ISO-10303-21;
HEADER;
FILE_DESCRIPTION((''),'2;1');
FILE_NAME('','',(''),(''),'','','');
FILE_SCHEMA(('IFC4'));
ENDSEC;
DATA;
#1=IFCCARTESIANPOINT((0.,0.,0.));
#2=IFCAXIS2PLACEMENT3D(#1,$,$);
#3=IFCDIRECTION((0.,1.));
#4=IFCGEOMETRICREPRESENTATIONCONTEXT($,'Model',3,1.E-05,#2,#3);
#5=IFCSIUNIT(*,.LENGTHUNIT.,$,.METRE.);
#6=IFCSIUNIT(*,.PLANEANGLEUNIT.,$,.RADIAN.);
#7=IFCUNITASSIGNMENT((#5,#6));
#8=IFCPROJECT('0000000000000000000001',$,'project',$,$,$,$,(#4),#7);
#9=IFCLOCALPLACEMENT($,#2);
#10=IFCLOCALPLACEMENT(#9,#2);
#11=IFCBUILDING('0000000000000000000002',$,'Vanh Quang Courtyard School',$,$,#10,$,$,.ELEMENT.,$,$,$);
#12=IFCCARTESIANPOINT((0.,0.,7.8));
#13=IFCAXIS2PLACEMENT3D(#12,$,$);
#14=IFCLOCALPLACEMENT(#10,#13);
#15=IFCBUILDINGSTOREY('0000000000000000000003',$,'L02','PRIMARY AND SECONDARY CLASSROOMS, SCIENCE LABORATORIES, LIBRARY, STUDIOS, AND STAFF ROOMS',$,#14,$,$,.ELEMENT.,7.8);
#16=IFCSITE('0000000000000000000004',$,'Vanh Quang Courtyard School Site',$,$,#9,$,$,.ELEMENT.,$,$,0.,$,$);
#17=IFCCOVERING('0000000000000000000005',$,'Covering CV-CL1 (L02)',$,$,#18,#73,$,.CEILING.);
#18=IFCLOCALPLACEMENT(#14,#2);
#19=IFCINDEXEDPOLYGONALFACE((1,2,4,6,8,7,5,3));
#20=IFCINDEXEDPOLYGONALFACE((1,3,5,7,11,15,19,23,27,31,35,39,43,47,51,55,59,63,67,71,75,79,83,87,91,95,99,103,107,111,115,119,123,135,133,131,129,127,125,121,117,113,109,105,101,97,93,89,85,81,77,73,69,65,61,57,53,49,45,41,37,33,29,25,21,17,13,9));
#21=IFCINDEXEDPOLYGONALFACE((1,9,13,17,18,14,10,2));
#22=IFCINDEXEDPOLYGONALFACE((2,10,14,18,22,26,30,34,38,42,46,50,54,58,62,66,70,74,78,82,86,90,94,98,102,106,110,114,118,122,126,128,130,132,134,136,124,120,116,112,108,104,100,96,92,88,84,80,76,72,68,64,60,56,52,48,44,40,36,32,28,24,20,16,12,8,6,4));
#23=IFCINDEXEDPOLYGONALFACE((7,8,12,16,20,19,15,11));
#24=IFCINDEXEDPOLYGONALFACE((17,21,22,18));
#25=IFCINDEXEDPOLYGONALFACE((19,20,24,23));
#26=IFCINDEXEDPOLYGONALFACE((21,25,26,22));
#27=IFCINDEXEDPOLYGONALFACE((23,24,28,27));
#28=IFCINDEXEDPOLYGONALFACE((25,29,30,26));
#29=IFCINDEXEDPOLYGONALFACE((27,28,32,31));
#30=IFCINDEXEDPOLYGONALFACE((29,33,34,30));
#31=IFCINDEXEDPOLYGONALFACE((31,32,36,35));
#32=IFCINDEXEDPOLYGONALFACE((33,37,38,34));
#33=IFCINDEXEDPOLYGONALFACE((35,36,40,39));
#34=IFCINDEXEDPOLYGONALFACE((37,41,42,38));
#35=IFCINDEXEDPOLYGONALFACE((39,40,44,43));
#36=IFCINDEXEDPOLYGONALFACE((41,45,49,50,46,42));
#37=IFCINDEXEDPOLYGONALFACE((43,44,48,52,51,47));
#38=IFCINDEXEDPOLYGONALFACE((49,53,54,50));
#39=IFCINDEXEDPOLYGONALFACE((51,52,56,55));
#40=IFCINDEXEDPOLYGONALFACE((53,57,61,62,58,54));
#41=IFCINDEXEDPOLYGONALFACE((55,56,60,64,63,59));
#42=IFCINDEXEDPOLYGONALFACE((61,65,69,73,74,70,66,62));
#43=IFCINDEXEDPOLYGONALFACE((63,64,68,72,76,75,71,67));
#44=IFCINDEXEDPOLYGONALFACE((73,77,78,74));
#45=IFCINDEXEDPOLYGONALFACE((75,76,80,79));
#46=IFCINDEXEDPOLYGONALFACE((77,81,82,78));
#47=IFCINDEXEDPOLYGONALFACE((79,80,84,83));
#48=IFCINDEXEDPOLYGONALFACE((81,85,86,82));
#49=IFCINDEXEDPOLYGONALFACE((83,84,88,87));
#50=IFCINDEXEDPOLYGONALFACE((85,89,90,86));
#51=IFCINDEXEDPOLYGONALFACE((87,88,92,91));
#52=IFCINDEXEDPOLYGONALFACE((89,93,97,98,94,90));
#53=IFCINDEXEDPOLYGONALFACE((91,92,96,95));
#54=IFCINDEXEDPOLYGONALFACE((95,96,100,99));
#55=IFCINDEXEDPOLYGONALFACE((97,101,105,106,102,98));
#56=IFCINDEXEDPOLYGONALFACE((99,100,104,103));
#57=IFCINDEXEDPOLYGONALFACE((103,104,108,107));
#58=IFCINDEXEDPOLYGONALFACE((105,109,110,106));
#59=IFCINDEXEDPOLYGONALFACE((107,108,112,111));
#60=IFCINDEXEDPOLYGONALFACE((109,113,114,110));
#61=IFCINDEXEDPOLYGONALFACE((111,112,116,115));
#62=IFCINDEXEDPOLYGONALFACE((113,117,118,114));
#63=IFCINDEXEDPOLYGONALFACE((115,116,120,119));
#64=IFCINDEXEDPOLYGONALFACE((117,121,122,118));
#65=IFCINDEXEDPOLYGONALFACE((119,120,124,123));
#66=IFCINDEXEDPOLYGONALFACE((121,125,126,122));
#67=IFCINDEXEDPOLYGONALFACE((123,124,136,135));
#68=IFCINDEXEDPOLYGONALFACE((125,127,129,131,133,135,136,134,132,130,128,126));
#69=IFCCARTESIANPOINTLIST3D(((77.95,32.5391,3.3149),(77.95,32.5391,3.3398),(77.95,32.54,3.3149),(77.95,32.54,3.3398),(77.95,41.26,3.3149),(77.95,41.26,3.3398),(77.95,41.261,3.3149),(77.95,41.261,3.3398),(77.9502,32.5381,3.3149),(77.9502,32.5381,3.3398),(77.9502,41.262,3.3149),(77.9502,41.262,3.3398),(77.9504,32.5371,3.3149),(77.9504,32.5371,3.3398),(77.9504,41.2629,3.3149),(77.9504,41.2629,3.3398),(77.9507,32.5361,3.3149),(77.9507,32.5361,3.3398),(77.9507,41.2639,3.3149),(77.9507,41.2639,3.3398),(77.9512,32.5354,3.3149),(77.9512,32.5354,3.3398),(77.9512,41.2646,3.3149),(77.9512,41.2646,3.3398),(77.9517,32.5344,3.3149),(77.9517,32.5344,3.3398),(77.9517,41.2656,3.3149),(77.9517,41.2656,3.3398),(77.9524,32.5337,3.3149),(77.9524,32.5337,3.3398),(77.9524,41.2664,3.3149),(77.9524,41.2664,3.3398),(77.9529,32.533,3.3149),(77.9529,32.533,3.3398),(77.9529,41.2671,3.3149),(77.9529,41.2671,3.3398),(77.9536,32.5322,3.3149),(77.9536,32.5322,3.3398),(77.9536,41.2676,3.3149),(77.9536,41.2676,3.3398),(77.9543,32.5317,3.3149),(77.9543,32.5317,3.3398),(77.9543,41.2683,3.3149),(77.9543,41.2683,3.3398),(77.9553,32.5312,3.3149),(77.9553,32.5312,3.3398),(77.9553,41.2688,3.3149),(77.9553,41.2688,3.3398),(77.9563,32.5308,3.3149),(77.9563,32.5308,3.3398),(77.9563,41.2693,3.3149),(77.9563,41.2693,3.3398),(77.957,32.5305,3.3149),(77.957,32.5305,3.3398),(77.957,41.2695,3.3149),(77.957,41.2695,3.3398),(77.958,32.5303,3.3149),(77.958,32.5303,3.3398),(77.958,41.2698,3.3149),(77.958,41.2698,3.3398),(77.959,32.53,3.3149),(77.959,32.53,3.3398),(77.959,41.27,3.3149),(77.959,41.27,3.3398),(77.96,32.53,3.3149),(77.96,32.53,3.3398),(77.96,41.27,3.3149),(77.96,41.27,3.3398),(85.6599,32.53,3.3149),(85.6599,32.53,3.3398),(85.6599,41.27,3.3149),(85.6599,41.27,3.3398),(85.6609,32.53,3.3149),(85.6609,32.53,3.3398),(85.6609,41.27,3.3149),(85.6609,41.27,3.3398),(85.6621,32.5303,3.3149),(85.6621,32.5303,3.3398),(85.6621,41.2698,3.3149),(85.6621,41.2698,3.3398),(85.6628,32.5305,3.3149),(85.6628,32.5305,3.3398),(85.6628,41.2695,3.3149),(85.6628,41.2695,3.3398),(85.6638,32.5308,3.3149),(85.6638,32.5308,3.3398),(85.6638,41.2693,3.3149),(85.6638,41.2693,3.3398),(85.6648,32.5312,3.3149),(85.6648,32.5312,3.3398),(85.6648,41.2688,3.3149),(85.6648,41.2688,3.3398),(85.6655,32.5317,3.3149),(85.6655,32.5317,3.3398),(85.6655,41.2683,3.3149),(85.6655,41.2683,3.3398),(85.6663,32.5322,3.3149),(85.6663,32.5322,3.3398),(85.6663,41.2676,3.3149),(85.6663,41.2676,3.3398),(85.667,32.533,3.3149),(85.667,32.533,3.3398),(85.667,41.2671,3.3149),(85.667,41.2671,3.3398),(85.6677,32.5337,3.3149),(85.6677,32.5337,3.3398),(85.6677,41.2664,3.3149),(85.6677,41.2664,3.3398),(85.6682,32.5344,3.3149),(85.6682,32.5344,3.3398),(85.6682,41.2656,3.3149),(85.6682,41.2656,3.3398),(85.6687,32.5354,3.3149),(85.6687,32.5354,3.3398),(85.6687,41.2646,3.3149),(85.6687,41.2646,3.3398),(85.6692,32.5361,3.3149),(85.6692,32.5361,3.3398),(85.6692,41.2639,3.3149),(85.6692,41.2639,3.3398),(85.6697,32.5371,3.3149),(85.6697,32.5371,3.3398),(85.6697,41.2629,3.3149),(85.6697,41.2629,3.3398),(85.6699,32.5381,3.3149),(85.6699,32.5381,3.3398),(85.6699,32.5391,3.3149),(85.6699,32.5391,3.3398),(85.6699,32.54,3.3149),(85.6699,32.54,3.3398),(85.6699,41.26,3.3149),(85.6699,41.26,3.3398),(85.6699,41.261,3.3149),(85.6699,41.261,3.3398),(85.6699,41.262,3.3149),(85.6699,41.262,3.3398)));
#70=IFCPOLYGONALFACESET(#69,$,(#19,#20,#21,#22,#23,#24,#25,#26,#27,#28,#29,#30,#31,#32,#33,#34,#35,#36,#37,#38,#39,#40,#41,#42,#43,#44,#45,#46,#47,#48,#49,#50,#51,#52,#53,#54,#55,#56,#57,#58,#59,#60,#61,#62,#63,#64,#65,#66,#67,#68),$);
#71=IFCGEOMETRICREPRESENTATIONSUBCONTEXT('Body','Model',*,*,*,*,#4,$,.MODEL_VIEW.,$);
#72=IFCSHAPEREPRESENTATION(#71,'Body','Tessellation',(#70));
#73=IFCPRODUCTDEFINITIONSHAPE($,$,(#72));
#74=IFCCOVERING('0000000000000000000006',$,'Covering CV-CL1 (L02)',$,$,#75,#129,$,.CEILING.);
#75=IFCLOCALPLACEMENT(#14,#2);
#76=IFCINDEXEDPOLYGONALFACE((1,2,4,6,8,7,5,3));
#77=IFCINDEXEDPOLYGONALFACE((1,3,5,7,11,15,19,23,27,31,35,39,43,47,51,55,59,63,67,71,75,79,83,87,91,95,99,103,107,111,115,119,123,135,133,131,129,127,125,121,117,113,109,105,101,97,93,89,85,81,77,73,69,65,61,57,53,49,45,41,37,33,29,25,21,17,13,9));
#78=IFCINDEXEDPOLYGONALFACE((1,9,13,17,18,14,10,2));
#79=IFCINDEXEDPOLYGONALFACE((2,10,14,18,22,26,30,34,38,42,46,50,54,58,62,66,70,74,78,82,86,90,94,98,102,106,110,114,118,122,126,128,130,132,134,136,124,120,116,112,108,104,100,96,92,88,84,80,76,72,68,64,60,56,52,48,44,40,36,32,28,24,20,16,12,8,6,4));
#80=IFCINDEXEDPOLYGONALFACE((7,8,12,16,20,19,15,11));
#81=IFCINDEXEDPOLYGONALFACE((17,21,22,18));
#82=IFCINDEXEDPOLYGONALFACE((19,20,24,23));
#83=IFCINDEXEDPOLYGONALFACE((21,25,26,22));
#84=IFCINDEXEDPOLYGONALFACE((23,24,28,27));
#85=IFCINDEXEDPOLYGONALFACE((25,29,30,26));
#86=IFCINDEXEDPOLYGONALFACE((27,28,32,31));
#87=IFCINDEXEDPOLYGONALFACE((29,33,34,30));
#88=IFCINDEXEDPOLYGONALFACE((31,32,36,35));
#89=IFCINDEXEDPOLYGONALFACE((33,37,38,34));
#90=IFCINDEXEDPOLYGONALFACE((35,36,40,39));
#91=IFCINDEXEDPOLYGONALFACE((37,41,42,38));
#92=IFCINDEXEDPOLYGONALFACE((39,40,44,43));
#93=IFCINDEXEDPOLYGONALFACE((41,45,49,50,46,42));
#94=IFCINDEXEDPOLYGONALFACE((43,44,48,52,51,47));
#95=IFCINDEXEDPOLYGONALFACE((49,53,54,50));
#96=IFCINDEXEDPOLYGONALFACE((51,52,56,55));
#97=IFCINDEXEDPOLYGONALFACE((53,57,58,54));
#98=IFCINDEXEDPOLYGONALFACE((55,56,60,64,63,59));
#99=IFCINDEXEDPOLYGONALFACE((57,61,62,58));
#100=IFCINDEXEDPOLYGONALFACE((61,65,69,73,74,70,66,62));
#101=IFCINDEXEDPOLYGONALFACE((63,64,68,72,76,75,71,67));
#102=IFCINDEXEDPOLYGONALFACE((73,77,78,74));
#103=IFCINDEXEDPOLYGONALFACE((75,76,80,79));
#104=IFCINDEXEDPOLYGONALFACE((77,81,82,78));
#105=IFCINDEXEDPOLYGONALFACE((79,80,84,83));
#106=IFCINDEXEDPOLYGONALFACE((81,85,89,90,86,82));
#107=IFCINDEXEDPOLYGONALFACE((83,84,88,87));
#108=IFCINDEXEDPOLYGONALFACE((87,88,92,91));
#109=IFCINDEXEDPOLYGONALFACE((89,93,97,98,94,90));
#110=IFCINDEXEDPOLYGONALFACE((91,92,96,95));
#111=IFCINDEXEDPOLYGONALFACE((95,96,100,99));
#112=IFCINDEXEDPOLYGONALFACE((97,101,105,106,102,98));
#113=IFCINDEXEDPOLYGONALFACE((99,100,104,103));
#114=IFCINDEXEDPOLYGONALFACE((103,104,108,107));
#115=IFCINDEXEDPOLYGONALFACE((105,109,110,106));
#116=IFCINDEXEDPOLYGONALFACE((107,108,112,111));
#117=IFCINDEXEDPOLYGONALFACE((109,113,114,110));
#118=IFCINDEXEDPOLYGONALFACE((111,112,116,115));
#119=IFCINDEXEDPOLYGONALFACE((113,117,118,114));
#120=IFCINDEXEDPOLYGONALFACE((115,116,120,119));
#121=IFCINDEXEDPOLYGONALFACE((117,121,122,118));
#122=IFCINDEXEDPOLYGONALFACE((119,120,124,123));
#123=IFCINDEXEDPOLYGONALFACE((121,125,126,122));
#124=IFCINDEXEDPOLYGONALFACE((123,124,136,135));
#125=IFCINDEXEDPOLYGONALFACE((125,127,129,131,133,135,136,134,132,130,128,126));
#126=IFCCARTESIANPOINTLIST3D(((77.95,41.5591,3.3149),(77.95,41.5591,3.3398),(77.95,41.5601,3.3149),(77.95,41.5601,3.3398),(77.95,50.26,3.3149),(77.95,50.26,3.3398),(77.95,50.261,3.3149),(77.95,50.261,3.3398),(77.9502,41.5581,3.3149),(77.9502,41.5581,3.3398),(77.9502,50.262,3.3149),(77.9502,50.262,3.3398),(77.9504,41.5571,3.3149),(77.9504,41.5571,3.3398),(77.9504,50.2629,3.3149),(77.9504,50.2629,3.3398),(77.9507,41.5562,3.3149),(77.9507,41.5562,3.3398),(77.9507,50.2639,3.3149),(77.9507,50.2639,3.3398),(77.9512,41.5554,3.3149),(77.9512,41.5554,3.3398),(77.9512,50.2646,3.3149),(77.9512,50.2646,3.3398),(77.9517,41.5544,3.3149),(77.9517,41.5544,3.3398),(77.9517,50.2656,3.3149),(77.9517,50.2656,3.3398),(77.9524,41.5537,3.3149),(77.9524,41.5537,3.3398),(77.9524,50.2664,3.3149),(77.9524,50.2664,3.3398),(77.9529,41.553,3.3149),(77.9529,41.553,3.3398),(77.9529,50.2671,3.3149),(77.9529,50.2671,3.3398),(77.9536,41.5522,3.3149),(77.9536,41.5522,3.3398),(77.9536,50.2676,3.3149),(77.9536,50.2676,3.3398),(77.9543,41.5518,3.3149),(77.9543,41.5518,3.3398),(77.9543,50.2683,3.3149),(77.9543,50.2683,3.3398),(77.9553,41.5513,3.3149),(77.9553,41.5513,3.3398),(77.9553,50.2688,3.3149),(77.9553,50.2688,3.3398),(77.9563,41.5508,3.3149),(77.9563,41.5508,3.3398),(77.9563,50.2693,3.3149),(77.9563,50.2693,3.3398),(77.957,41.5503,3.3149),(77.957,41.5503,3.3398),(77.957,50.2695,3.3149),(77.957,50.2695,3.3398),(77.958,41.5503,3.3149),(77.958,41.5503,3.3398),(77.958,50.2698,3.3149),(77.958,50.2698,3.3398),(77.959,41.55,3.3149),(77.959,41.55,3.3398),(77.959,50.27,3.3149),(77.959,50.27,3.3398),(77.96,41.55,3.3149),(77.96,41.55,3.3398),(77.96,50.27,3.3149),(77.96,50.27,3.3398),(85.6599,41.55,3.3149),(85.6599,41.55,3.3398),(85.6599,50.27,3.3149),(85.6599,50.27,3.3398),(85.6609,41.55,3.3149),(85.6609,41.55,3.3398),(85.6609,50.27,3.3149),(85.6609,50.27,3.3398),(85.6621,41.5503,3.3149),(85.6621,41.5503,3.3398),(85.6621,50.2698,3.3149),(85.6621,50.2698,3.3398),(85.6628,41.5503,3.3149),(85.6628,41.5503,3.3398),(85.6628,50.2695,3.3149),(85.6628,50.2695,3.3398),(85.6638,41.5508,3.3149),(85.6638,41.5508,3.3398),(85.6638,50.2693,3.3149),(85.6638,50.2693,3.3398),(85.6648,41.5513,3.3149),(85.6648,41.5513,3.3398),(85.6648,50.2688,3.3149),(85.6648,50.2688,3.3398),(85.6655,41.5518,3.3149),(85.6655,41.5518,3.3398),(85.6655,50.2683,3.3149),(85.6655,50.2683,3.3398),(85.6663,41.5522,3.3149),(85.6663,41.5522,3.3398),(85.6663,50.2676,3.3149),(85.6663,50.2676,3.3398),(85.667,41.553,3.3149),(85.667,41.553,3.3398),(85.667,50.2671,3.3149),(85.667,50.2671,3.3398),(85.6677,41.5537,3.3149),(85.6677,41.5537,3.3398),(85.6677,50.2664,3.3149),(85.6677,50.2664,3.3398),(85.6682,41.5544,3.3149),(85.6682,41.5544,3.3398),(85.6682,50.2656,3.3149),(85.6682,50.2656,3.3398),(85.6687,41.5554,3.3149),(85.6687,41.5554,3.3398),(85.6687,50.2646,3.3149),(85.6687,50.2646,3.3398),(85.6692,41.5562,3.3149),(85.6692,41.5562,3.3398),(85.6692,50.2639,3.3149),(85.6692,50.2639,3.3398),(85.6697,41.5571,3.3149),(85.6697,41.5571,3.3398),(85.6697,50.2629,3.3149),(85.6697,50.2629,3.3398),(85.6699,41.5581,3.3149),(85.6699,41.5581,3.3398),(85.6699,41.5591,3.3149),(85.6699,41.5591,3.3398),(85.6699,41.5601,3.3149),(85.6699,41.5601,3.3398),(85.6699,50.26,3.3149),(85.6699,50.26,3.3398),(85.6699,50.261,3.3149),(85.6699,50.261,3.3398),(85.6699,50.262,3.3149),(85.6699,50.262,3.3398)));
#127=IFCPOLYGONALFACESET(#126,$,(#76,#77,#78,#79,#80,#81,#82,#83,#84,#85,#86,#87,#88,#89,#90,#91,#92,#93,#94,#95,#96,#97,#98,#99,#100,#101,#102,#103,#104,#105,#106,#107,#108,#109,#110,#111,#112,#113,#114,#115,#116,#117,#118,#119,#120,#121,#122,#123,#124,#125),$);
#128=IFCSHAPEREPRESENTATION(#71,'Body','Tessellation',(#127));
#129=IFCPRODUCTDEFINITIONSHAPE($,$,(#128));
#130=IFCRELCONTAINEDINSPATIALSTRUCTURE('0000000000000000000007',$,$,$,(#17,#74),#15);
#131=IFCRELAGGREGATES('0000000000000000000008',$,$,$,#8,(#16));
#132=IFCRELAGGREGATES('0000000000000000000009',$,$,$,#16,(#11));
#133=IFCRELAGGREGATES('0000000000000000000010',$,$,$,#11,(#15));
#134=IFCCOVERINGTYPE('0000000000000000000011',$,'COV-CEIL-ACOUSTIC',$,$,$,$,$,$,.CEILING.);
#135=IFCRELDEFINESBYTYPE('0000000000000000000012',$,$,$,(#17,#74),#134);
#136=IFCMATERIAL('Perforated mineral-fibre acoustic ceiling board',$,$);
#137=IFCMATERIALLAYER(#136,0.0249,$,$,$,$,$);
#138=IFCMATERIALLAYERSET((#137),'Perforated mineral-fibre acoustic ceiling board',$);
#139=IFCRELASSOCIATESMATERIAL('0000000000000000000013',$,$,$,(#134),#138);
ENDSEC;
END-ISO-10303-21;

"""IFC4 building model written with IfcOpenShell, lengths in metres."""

from ifc_helpers import new_model, si_unit, direction, frame, origin, place, context, subcontext, project, spatial, polyline, outline, extrude, material, layer, layer_set, type_object, element, save


model = new_model("IFC4")

# Units and contexts
model_context = context("Model", 3, precision=1e-05, world=origin(), true_north=direction((0.0, 1.0)))
body_context = subcontext(model_context, "Body", "Model", "MODEL_VIEW")
ifc_project = project(units=[si_unit("LENGTHUNIT", "METRE"), si_unit("PLANEANGLEUNIT", "RADIAN")], contexts=[model_context])

# Site, building, storey
site_placement = place(None, origin())
site = spatial("IfcSite", under=ifc_project, at=site_placement, Name="Vanh Quang Courtyard School Site", CompositionType="ELEMENT", RefElevation=0.0)
building_placement = place(site_placement, origin())
building = spatial("IfcBuilding", under=site, at=building_placement, Name="Vanh Quang Courtyard School", CompositionType="ELEMENT")
storey_placement = place(building_placement, frame((0.0, 0.0, 7.8)))
storey = spatial("IfcBuildingStorey", under=building, at=storey_placement, Name="L02", Description="PRIMARY AND SECONDARY CLASSROOMS, SCIENCE LABORATORIES, LIBRARY, STUDIOS, AND STAFF ROOMS", CompositionType="ELEMENT", Elevation=7.8)

# Coverings
ifc_material_1 = material(Name="Perforated mineral-fibre acoustic ceiling board")
ifc_layer_1 = layer(ifc_material_1, 0.0249)
ifc_layer_set_1 = layer_set([ifc_layer_1], Name="Perforated mineral-fibre acoustic ceiling board")
covering_type_1 = type_object("IfcCoveringType", Name="COV-CEIL-ACOUSTIC", PredefinedType="CEILING", material=ifc_layer_set_1)
covering_1_placement = place(storey_placement, frame((0.0, 0.0, 3.3149)))
element("IfcCovering", 1, at=covering_1_placement, inside=storey, type_object=covering_type_1, Name="Covering CV-CL1 (L02)", PredefinedType="CEILING", context=body_context, shape_type="SweptSolid", body=[
    extrude(outline(polyline([(85.6599, 41.27), (85.6609, 41.27), (85.6621, 41.2698), (85.6628, 41.2695), (85.6638, 41.2693), (85.6648, 41.2688), (85.6655, 41.2683), (85.6663, 41.2676), (85.667, 41.2671), (85.6677, 41.2664), (85.6682, 41.2656), (85.6687, 41.2646), (85.6692, 41.2639), (85.6697, 41.2629), (85.6699, 41.262), (85.6699, 41.261), (85.6699, 41.26), (85.6699, 32.54), (85.6699, 32.5391), (85.6699, 32.5381), (85.6697, 32.5371), (85.6692, 32.5361), (85.6687, 32.5354), (85.6682, 32.5344), (85.6677, 32.5337), (85.667, 32.533), (85.6663, 32.5322), (85.6655, 32.5317), (85.6648, 32.5312), (85.6638, 32.5308), (85.6628, 32.5305), (85.6621, 32.5303), (85.6609, 32.53), (85.6599, 32.53), (77.96, 32.53), (77.959, 32.53), (77.958, 32.5303), (77.957, 32.5305), (77.9563, 32.5308), (77.9553, 32.5312), (77.9543, 32.5317), (77.9536, 32.5322), (77.9529, 32.533), (77.9524, 32.5337), (77.9517, 32.5344), (77.9512, 32.5354), (77.9507, 32.5361), (77.9504, 32.5371), (77.9502, 32.5381), (77.95, 32.5391), (77.95, 32.54), (77.95, 41.26), (77.95, 41.261), (77.9502, 41.262), (77.9504, 41.2629), (77.9507, 41.2639), (77.9512, 41.2646), (77.9517, 41.2656), (77.9524, 41.2664), (77.9529, 41.2671), (77.9536, 41.2676), (77.9543, 41.2683), (77.9553, 41.2688), (77.9563, 41.2693), (77.957, 41.2695), (77.958, 41.2698), (77.959, 41.27), (77.96, 41.27), (85.6599, 41.27)])), origin(), (0.0, 0.0, 1.0), 0.0249),
])
covering_2_placement = place(storey_placement, frame((0.0, 0.0, 3.3149)))
element("IfcCovering", 2, at=covering_2_placement, inside=storey, type_object=covering_type_1, Name="Covering CV-CL1 (L02)", PredefinedType="CEILING", context=body_context, shape_type="SweptSolid", body=[
    extrude(outline(polyline([(77.96, 41.55), (77.959, 41.55), (77.958, 41.5503), (77.957, 41.5503), (77.9563, 41.5508), (77.9553, 41.5513), (77.9543, 41.5518), (77.9536, 41.5522), (77.9529, 41.553), (77.9524, 41.5537), (77.9517, 41.5544), (77.9512, 41.5554), (77.9507, 41.5562), (77.9504, 41.5571), (77.9502, 41.5581), (77.95, 41.5591), (77.95, 41.5601), (77.95, 50.26), (77.95, 50.261), (77.9502, 50.262), (77.9504, 50.2629), (77.9507, 50.2639), (77.9512, 50.2646), (77.9517, 50.2656), (77.9524, 50.2664), (77.9529, 50.2671), (77.9536, 50.2676), (77.9543, 50.2683), (77.9553, 50.2688), (77.9563, 50.2693), (77.957, 50.2695), (77.958, 50.2698), (77.959, 50.27), (77.96, 50.27), (85.6599, 50.27), (85.6609, 50.27), (85.6621, 50.2698), (85.6628, 50.2695), (85.6638, 50.2693), (85.6648, 50.2688), (85.6655, 50.2683), (85.6663, 50.2676), (85.667, 50.2671), (85.6677, 50.2664), (85.6682, 50.2656), (85.6687, 50.2646), (85.6692, 50.2639), (85.6697, 50.2629), (85.6699, 50.262), (85.6699, 50.261), (85.6699, 50.26), (85.6699, 41.5601), (85.6699, 41.5591), (85.6699, 41.5581), (85.6697, 41.5571), (85.6692, 41.5562), (85.6687, 41.5554), (85.6682, 41.5544), (85.6677, 41.5537), (85.667, 41.553), (85.6663, 41.5522), (85.6655, 41.5518), (85.6648, 41.5513), (85.6638, 41.5508), (85.6628, 41.5503), (85.6621, 41.5503), (85.6609, 41.55), (85.6599, 41.55), (77.96, 41.55)])), origin(), (0.0, 0.0, 1.0), 0.0249),
])

save(model, "model.ifc")
